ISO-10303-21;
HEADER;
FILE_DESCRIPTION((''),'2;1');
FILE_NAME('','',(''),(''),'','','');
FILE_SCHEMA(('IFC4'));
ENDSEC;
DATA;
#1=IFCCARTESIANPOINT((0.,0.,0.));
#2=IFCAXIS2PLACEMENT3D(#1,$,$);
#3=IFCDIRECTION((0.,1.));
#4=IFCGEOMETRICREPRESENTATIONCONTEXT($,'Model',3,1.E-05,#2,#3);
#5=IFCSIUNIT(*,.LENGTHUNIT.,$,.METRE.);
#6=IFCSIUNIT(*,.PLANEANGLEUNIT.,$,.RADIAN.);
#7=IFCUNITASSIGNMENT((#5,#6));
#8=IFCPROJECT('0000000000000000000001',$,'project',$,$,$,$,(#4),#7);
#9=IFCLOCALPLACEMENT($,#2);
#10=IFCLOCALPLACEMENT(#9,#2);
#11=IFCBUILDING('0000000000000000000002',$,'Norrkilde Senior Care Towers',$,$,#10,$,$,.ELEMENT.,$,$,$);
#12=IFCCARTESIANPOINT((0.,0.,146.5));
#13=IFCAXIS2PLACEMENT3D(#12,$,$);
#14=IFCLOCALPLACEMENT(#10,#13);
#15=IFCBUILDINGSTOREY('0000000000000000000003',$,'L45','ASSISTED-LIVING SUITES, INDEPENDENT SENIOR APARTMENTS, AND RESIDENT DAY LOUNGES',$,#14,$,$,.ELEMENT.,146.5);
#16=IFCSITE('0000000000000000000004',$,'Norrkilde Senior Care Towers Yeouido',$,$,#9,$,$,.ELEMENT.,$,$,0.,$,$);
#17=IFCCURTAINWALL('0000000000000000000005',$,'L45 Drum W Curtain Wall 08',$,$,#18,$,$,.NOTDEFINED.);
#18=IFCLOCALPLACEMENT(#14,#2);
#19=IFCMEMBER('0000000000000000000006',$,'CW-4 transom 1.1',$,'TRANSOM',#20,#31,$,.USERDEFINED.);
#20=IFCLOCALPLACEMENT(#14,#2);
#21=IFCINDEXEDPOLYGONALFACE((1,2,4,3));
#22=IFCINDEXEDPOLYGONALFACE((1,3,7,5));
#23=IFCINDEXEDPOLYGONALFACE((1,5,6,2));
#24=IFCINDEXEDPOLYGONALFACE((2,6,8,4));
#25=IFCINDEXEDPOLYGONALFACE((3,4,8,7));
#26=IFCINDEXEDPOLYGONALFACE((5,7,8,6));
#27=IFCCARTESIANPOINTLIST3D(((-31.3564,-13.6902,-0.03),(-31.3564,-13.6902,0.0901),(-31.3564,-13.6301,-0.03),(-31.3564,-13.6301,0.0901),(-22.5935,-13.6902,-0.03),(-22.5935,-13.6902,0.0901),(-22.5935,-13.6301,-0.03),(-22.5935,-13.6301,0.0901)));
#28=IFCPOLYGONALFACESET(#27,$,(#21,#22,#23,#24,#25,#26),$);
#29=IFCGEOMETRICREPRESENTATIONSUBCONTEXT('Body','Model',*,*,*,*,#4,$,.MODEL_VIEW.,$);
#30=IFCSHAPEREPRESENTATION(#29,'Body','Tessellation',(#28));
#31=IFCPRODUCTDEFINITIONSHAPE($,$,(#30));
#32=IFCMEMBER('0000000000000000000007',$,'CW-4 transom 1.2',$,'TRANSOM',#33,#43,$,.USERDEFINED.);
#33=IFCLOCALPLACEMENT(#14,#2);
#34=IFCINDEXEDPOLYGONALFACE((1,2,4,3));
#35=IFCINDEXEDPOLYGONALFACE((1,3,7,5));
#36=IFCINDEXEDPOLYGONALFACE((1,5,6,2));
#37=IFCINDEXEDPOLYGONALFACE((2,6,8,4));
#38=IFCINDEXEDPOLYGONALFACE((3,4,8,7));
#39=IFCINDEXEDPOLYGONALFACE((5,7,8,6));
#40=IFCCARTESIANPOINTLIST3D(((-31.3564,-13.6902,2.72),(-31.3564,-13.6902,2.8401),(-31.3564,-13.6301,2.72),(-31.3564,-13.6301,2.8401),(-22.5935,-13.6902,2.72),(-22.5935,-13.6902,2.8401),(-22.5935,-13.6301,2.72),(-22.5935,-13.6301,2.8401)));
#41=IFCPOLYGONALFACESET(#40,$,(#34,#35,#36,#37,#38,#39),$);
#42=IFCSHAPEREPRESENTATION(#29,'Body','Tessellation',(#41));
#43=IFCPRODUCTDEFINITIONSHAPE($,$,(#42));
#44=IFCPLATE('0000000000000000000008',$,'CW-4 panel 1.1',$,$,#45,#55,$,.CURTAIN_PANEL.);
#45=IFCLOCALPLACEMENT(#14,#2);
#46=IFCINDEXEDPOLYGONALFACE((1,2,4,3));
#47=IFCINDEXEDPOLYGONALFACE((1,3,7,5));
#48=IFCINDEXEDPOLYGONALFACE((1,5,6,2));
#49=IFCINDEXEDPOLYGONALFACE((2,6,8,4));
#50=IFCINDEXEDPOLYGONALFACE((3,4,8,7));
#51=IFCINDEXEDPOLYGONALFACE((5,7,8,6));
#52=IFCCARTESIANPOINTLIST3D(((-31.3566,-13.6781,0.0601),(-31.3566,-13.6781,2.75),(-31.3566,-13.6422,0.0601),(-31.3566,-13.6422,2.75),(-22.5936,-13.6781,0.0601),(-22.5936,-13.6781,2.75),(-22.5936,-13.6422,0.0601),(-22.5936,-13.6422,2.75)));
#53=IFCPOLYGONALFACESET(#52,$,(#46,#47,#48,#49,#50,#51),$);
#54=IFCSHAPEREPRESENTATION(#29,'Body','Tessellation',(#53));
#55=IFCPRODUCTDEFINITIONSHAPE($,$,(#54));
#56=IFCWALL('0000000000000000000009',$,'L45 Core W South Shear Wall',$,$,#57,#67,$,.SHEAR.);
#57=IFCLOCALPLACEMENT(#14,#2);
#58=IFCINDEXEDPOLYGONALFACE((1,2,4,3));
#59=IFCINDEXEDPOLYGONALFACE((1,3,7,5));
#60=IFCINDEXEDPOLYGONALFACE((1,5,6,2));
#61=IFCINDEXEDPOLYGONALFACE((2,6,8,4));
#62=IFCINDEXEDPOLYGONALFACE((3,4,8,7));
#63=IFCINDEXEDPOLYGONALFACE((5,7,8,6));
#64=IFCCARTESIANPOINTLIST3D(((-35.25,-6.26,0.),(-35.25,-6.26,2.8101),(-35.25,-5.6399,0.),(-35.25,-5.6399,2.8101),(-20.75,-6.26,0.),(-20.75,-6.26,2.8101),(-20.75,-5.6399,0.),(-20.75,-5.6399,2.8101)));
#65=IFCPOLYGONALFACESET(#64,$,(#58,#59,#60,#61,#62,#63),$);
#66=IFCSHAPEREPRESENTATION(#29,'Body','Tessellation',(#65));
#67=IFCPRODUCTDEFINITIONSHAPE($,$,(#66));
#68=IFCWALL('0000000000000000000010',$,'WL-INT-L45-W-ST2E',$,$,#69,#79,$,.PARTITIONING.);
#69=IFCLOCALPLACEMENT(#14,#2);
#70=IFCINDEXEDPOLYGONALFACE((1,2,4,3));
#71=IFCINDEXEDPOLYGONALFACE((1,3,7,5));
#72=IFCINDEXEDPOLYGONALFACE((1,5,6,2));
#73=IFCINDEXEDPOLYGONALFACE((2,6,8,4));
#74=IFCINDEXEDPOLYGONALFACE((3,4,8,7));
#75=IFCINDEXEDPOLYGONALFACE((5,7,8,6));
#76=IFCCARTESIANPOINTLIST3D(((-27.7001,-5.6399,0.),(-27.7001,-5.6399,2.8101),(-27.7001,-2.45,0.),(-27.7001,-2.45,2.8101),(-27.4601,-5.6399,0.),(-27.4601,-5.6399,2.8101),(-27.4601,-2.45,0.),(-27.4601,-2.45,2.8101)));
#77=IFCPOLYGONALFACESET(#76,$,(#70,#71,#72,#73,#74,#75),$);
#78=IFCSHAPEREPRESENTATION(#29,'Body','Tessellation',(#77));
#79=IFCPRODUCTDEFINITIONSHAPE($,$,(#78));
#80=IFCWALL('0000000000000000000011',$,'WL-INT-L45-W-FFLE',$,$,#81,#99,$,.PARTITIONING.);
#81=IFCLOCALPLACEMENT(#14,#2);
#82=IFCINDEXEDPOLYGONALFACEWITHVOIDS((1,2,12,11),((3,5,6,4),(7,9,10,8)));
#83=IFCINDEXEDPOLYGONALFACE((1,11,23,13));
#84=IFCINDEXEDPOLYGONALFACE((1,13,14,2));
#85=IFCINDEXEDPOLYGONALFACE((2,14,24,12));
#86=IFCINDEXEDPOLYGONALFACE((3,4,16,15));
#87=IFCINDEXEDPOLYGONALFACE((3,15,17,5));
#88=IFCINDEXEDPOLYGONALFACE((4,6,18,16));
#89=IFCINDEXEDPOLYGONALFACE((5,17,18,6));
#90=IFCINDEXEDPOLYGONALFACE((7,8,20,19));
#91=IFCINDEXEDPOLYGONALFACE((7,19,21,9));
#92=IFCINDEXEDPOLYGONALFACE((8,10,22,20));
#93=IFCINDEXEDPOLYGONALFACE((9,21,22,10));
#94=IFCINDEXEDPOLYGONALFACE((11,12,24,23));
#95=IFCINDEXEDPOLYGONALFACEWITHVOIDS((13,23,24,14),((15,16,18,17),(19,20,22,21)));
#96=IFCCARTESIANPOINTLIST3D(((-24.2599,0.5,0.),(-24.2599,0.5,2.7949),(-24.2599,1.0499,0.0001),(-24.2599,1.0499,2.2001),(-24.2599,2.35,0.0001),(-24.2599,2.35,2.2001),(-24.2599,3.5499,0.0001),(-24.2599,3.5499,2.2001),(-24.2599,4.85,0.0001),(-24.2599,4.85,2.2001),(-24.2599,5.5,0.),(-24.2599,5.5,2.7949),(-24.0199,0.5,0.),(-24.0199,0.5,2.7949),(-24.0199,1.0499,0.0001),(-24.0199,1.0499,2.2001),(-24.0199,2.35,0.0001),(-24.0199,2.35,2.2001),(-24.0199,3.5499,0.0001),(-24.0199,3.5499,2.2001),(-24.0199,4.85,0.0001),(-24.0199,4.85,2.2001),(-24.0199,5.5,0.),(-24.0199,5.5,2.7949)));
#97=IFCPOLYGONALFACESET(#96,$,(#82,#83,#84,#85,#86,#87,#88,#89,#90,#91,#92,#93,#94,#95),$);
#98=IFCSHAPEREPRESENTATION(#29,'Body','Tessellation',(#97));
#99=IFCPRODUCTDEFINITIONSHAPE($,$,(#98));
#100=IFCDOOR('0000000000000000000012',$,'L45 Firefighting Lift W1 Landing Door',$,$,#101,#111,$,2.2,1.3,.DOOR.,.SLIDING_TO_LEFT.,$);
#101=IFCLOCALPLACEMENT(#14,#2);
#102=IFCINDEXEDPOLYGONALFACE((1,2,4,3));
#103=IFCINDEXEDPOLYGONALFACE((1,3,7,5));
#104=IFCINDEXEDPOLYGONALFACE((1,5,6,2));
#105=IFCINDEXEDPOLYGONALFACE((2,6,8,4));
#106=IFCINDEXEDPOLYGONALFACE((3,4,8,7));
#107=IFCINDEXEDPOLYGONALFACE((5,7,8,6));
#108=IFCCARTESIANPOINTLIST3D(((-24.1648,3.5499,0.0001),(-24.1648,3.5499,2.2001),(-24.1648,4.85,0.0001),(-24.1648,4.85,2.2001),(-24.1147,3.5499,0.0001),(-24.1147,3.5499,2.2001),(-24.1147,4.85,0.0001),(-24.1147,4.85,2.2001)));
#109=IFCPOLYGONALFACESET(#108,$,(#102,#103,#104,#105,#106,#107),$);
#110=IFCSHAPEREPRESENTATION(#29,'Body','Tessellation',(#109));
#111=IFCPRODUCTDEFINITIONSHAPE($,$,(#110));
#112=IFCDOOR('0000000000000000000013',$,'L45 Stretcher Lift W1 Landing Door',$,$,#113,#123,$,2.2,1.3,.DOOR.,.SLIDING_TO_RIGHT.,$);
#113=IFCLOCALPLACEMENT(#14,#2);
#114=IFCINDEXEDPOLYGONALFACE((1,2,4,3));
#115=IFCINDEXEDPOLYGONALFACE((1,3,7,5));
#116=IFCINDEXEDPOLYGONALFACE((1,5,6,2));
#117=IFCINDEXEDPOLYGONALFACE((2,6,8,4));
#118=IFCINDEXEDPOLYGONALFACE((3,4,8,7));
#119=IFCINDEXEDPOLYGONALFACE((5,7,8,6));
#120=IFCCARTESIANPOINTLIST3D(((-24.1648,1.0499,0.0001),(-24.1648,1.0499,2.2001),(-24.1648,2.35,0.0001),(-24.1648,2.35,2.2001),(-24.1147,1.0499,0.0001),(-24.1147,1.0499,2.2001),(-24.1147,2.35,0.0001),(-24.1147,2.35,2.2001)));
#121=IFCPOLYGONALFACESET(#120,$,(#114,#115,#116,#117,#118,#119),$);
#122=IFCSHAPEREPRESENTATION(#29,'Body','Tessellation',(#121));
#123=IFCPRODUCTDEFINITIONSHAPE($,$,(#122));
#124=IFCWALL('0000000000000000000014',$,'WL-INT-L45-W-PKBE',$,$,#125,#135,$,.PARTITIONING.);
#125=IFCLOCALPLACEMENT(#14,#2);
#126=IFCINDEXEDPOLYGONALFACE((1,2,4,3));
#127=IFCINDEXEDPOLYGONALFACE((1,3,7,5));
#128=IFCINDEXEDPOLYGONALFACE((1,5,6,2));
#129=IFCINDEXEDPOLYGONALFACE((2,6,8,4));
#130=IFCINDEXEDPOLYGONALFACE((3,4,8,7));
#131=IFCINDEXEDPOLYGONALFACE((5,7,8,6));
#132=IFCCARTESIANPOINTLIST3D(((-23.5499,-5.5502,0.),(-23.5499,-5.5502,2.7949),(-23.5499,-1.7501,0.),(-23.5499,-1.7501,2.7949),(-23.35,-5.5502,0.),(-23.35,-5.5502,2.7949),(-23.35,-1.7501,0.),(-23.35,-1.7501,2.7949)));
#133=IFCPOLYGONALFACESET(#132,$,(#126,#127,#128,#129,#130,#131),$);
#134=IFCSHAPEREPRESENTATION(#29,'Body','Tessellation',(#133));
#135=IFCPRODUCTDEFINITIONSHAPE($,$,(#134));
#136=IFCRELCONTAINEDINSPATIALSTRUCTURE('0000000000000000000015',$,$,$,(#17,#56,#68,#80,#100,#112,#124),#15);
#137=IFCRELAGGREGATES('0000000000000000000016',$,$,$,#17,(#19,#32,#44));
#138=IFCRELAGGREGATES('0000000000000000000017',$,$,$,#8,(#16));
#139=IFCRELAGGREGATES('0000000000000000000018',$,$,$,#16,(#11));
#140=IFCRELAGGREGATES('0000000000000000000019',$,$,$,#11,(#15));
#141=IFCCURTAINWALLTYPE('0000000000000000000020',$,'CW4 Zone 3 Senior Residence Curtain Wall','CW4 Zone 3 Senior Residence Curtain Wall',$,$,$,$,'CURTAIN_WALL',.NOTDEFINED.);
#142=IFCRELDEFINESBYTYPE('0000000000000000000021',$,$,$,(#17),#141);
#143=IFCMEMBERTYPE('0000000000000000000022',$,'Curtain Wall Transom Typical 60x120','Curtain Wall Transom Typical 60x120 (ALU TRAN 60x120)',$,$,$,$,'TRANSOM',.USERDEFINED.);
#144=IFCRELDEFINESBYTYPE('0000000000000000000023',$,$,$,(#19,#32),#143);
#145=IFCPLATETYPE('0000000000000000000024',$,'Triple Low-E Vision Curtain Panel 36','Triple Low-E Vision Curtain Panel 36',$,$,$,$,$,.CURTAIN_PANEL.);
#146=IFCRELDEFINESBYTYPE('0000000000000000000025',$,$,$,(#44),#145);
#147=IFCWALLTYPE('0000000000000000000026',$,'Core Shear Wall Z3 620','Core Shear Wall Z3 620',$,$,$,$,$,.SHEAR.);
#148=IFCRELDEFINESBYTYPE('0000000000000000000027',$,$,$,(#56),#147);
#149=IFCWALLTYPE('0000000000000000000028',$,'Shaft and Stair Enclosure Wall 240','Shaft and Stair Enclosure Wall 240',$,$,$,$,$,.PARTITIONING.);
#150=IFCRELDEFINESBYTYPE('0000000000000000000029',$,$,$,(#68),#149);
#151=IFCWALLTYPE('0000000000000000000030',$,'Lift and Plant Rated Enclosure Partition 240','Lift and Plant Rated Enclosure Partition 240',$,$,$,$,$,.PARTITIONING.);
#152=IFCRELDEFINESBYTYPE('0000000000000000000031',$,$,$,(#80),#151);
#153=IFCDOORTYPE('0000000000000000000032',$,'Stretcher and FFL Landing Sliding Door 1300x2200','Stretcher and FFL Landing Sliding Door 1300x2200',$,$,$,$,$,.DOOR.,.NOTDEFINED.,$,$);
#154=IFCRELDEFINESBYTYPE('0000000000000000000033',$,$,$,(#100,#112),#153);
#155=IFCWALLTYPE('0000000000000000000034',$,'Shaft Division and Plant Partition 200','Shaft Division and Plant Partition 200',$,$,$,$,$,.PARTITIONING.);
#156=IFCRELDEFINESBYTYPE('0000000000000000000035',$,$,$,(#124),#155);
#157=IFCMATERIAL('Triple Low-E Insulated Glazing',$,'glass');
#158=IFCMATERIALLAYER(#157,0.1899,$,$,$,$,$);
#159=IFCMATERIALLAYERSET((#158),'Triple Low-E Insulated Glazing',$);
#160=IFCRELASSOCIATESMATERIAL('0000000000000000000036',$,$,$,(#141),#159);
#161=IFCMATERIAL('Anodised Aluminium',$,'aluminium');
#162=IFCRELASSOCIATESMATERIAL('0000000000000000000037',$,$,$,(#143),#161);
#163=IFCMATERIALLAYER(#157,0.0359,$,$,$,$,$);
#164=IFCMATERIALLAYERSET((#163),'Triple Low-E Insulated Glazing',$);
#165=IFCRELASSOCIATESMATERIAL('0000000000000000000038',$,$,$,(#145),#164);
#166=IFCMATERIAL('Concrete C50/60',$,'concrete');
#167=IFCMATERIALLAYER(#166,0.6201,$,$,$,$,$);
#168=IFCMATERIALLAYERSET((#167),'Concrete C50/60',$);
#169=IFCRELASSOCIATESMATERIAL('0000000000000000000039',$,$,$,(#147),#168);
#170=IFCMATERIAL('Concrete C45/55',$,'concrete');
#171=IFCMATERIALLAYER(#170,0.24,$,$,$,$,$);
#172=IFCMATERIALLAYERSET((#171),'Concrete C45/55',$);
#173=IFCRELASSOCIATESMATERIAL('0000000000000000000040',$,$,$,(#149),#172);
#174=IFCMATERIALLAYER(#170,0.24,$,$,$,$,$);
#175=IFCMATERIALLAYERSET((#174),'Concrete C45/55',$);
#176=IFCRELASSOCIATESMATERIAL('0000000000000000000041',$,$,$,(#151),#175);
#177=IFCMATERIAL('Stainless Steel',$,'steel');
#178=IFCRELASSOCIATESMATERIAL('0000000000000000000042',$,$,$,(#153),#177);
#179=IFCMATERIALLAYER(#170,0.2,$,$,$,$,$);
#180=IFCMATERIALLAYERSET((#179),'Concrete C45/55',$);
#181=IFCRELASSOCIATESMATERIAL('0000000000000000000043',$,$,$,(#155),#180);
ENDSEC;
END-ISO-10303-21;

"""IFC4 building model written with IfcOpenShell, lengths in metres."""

from ifc_helpers import new_model, si_unit, direction, frame, frame_2d, origin, origin_2d, place, context, subcontext, project, spatial, rectangle, extrude, source, transform, mapped, material, layer, layer_set, material_profile, profile_set, type_object, type_shapes, element, fill, aggregate, save


model = new_model("IFC4")

# Units and contexts
model_context = context("Model", 3, precision=1e-05, world=origin(), true_north=direction((0.0, 1.0)))
body_context = subcontext(model_context, "Body", "Model", "MODEL_VIEW")
ifc_project = project(units=[si_unit("LENGTHUNIT", "METRE"), si_unit("PLANEANGLEUNIT", "RADIAN")], contexts=[model_context])

# Site, building, storey
site_placement = place(None, origin())
site = spatial("IfcSite", under=ifc_project, at=site_placement, Name="Norrkilde Senior Care Towers Yeouido", CompositionType="ELEMENT", RefElevation=0.0)
building_placement = place(site_placement, origin())
building = spatial("IfcBuilding", under=site, at=building_placement, Name="Norrkilde Senior Care Towers", CompositionType="ELEMENT")
storey_placement = place(building_placement, frame((0.0, 0.0, 146.5)))
storey = spatial("IfcBuildingStorey", under=building, at=storey_placement, Name="L45", Description="ASSISTED-LIVING SUITES, INDEPENDENT SENIOR APARTMENTS, AND RESIDENT DAY LOUNGES", CompositionType="ELEMENT", Elevation=146.5)

# Shared definitions
ifc_material_1 = material(Name="Concrete C50/60", Category="concrete")

# Curtain wall
ifc_material_2 = material(Name="Triple Low-E Insulated Glazing", Category="glass")
ifc_layer_1 = layer(ifc_material_2, 0.1899)
ifc_layer_set_1 = layer_set([ifc_layer_1], Name="Triple Low-E Insulated Glazing")
curtain_wall_type = type_object("IfcCurtainWallType", Name="CW4 Zone 3 Senior Residence Curtain Wall", Description="CW4 Zone 3 Senior Residence Curtain Wall", ElementType="CURTAIN_WALL", PredefinedType="NOTDEFINED", material=ifc_layer_set_1)
curtain_wall_1_placement = place(storey_placement, origin())
curtain_wall_1 = element("IfcCurtainWall", 1, at=curtain_wall_1_placement, inside=storey, type_object=curtain_wall_type, Name="L45 Drum W Curtain Wall 08", PredefinedType="NOTDEFINED")
ifc_material_3 = material(Name="Anodised Aluminium", Category="aluminium")

# Members
ifc_material_profile_1 = material_profile(ifc_material_3, rectangle(XDim=0.0601, YDim=0.1201, at=origin_2d()), Name="ALU TRAN 60x120")
ifc_profile_set_1 = profile_set([ifc_material_profile_1], Name="Anodised Aluminium")
member_type_1 = type_object("IfcMemberType", Name="Curtain Wall Transom Typical 60x120", Description="Curtain Wall Transom Typical 60x120 (ALU TRAN 60x120)", ElementType="TRANSOM", PredefinedType="USERDEFINED", material=ifc_profile_set_1)
shared_shape_1 = source(origin(), body_context, "Body", "SweptSolid", [
    extrude(rectangle(XDim=0.0601, YDim=0.1201, at=origin_2d()), origin(), (0.0, 0.0, 1.0), 8.7629),
])
type_shapes(member_type_1, [shared_shape_1])
member_1_placement = place(storey_placement, frame((-22.5935, -13.6602, 0.03), z_axis=(-1.0, 0.0, 0.0), x_axis=(0.0, -1.0, 0.0)))
member_1 = element("IfcMember", 2, at=member_1_placement, type_object=member_type_1, Name="CW-4 transom 1.1", ObjectType="TRANSOM", PredefinedType="USERDEFINED", context=body_context, shape_type="MappedRepresentation", body=[
    mapped(shared_shape_1, transform((0.0, 0.0, 0.0), x_axis=(1.0, 0.0, 0.0), y_axis=(0.0, 1.0, 0.0), z_axis=(0.0, 0.0, 1.0), scale=1.0)),
])
member_2_placement = place(storey_placement, frame((-22.5935, -13.6602, 2.78), z_axis=(-1.0, 0.0, 0.0), x_axis=(0.0, -1.0, 0.0)))
member_2 = element("IfcMember", 3, at=member_2_placement, type_object=member_type_1, Name="CW-4 transom 1.2", ObjectType="TRANSOM", PredefinedType="USERDEFINED", context=body_context, shape_type="MappedRepresentation", body=[
    mapped(shared_shape_1, transform((0.0, 0.0, 0.0), x_axis=(1.0, 0.0, 0.0), y_axis=(0.0, 1.0, 0.0), z_axis=(0.0, 0.0, 1.0), scale=1.0)),
])

# Plate
ifc_layer_2 = layer(ifc_material_2, 0.0359)
ifc_layer_set_2 = layer_set([ifc_layer_2], Name="Triple Low-E Insulated Glazing")
plate_type = type_object("IfcPlateType", Name="Triple Low-E Vision Curtain Panel 36", Description="Triple Low-E Vision Curtain Panel 36", PredefinedType="CURTAIN_PANEL", material=ifc_layer_set_2)
shared_shape_2 = source(origin(), body_context, "Body", "SweptSolid", [
    extrude(rectangle(XDim=8.7629, YDim=0.0359, at=origin_2d()), origin(), (0.0, 0.0, 1.0), 2.6899),
])
type_shapes(plate_type, [shared_shape_2])
plate_placement = place(storey_placement, frame((-26.9751, -13.6602, 0.0601), z_axis=(0.0, 0.0, 1.0), x_axis=(-1.0, 0.0, 0.0)))
plate = element("IfcPlate", 4, at=plate_placement, type_object=plate_type, Name="CW-4 panel 1.1", PredefinedType="CURTAIN_PANEL", context=body_context, shape_type="MappedRepresentation", body=[
    mapped(shared_shape_2, transform((0.0, 0.0, 0.0), x_axis=(1.0, 0.0, 0.0), y_axis=(0.0, 1.0, 0.0), z_axis=(0.0, 0.0, 1.0), scale=1.0)),
])
aggregate(curtain_wall_1, [member_1, member_2, plate])

# Walls
ifc_layer_3 = layer(ifc_material_1, 0.6201)
ifc_layer_set_3 = layer_set([ifc_layer_3], Name="Concrete C50/60")
wall_type_1 = type_object("IfcWallType", Name="Core Shear Wall Z3 620", Description="Core Shear Wall Z3 620", PredefinedType="SHEAR", material=ifc_layer_set_3)
shared_shape_3 = source(origin(), body_context, "Body", "SweptSolid", [
    extrude(rectangle(XDim=14.5, YDim=0.6201, at=frame_2d((7.25, 0.0))), origin(), (0.0, 0.0, 1.0), 2.8101),
])
type_shapes(wall_type_1, [shared_shape_3])
wall_1_placement = place(storey_placement, frame((-20.75, -5.95, 0.0), z_axis=(0.0, 0.0, 1.0), x_axis=(-1.0, 0.0, 0.0)))
element("IfcWall", 5, at=wall_1_placement, inside=storey, type_object=wall_type_1, Name="L45 Core W South Shear Wall", PredefinedType="SHEAR", context=body_context, shape_type="MappedRepresentation", body=[
    mapped(shared_shape_3, transform((0.0, 0.0, 0.0), x_axis=(1.0, 0.0, 0.0), y_axis=(0.0, 1.0, 0.0), z_axis=(0.0, 0.0, 1.0), scale=1.0)),
])
ifc_material_4 = material(Name="Concrete C45/55", Category="concrete")
ifc_layer_4 = layer(ifc_material_4, 0.24)
ifc_layer_set_4 = layer_set([ifc_layer_4], Name="Concrete C45/55")
wall_type_2 = type_object("IfcWallType", Name="Shaft and Stair Enclosure Wall 240", Description="Shaft and Stair Enclosure Wall 240", PredefinedType="PARTITIONING", material=ifc_layer_set_4)
shared_shape_4 = source(origin(), body_context, "Body", "SweptSolid", [
    extrude(rectangle(XDim=3.1899, YDim=0.24, at=frame_2d((1.595, 0.0))), origin(), (0.0, 0.0, 1.0), 2.8101),
])
type_shapes(wall_type_2, [shared_shape_4])
wall_2_placement = place(storey_placement, frame((-27.5801, -5.6399, 0.0), z_axis=(0.0, 0.0, 1.0), x_axis=(0.0, 1.0, 0.0)))
element("IfcWall", 6, at=wall_2_placement, inside=storey, type_object=wall_type_2, Name="WL-INT-L45-W-ST2E", PredefinedType="PARTITIONING", context=body_context, shape_type="MappedRepresentation", body=[
    mapped(shared_shape_4, transform((0.0, 0.0, 0.0), x_axis=(1.0, 0.0, 0.0), y_axis=(0.0, 1.0, 0.0), z_axis=(0.0, 0.0, 1.0), scale=1.0)),
])

# Wall, openings, doors
ifc_layer_5 = layer(ifc_material_4, 0.24)
ifc_layer_set_5 = layer_set([ifc_layer_5], Name="Concrete C45/55")
wall_type_3 = type_object("IfcWallType", Name="Lift and Plant Rated Enclosure Partition 240", Description="Lift and Plant Rated Enclosure Partition 240", PredefinedType="PARTITIONING", material=ifc_layer_set_5)
shared_shape_5 = source(origin(), body_context, "Body", "SweptSolid", [
    extrude(rectangle(XDim=5.0, YDim=0.24, at=frame_2d((2.5, 0.0))), origin(), (0.0, 0.0, 1.0), 2.7949),
])
wall_3_placement = place(storey_placement, frame((-24.1399, 0.5, 0.0), z_axis=(0.0, 0.0, 1.0), x_axis=(0.0, 1.0, 0.0)))
wall_3 = element("IfcWall", 7, at=wall_3_placement, inside=storey, type_object=wall_type_3, Name="WL-INT-L45-W-FFLE", PredefinedType="PARTITIONING", context=body_context, shape_type="MappedRepresentation", body=[
    mapped(shared_shape_5, transform((0.0, 0.0, 0.0), x_axis=(1.0, 0.0, 0.0), y_axis=(0.0, 1.0, 0.0), z_axis=(0.0, 0.0, 1.0), scale=1.0)),
])
opening_1_placement = place(wall_3_placement, frame((3.05, 0.0, 0.0)))
opening_1 = element("IfcOpeningElement", 8, at=opening_1_placement, cuts=wall_3, PredefinedType="OPENING", context=body_context, shape_type="SweptSolid", body=[
    extrude(rectangle(XDim=1.3, YDim=2.2, at=frame_2d((0.6499, 1.1001))), frame((0.0, 0.1299, 0.0), z_axis=(0.0, -1.0, 0.0), x_axis=(1.0, 0.0, 0.0)), (0.0, 0.0, 1.0), 0.26),
])
opening_2_placement = place(wall_3_placement, frame((0.55, 0.0, 0.0)))
opening_2 = element("IfcOpeningElement", 9, at=opening_2_placement, cuts=wall_3, PredefinedType="OPENING", context=body_context, shape_type="SweptSolid", body=[
    extrude(rectangle(XDim=1.3, YDim=2.2, at=frame_2d((0.6499, 1.1001))), frame((0.0, 0.1299, 0.0), z_axis=(0.0, -1.0, 0.0), x_axis=(1.0, 0.0, 0.0)), (0.0, 0.0, 1.0), 0.26),
])
ifc_material_5 = material(Name="Stainless Steel", Category="steel")
door_type_1 = type_object("IfcDoorType", Name="Stretcher and FFL Landing Sliding Door 1300x2200", Description="Stretcher and FFL Landing Sliding Door 1300x2200", OperationType="NOTDEFINED", PredefinedType="DOOR", material=ifc_material_5)
shared_shape_6 = source(origin(), body_context, "Body", "SweptSolid", [
    extrude(rectangle(XDim=1.3, YDim=2.2, at=frame_2d((0.6499, 1.1001))), frame((0.0, 0.0249, 0.0), z_axis=(0.0, -1.0, 0.0), x_axis=(1.0, 0.0, 0.0)), (0.0, 0.0, 1.0), 0.05),
])
type_shapes(door_type_1, [shared_shape_6])
door_1_placement = place(opening_1_placement, origin())
door_1 = element("IfcDoor", 10, at=door_1_placement, inside=storey, type_object=door_type_1, Name="L45 Firefighting Lift W1 Landing Door", OperationType="SLIDING_TO_LEFT", OverallHeight=2.2, OverallWidth=1.3, PredefinedType="DOOR", context=body_context, shape_type="MappedRepresentation", body=[
    mapped(shared_shape_6, transform((0.0, 0.0, 0.0), x_axis=(1.0, 0.0, 0.0), y_axis=(0.0, 1.0, 0.0), z_axis=(0.0, 0.0, 1.0), scale=1.0)),
])
fill(opening_1, door_1)
door_2_placement = place(opening_2_placement, origin())
door_2 = element("IfcDoor", 11, at=door_2_placement, inside=storey, type_object=door_type_1, Name="L45 Stretcher Lift W1 Landing Door", OperationType="SLIDING_TO_RIGHT", OverallHeight=2.2, OverallWidth=1.3, PredefinedType="DOOR", context=body_context, shape_type="MappedRepresentation", body=[
    mapped(shared_shape_6, transform((0.0, 0.0, 0.0), x_axis=(1.0, 0.0, 0.0), y_axis=(0.0, 1.0, 0.0), z_axis=(0.0, 0.0, 1.0), scale=1.0)),
])
fill(opening_2, door_2)

# Wall
ifc_layer_6 = layer(ifc_material_4, 0.2)
ifc_layer_set_6 = layer_set([ifc_layer_6], Name="Concrete C45/55")
wall_type_4 = type_object("IfcWallType", Name="Shaft Division and Plant Partition 200", Description="Shaft Division and Plant Partition 200", PredefinedType="PARTITIONING", material=ifc_layer_set_6)
shared_shape_7 = source(origin(), body_context, "Body", "SweptSolid", [
    extrude(rectangle(XDim=3.8, YDim=0.2, at=frame_2d((1.8999, 0.0))), origin(), (0.0, 0.0, 1.0), 2.7949),
])
type_shapes(wall_type_4, [shared_shape_7])
wall_4_placement = place(storey_placement, frame((-23.45, -5.55, 0.0), z_axis=(0.0, 0.0, 1.0), x_axis=(0.0, 1.0, 0.0)))
element("IfcWall", 12, at=wall_4_placement, inside=storey, type_object=wall_type_4, Name="WL-INT-L45-W-PKBE", PredefinedType="PARTITIONING", context=body_context, shape_type="MappedRepresentation", body=[
    mapped(shared_shape_7, transform((0.0, 0.0, 0.0), x_axis=(1.0, 0.0, 0.0), y_axis=(0.0, 1.0, 0.0), z_axis=(0.0, 0.0, 1.0), scale=1.0)),
])

save(model, "model.ifc")
